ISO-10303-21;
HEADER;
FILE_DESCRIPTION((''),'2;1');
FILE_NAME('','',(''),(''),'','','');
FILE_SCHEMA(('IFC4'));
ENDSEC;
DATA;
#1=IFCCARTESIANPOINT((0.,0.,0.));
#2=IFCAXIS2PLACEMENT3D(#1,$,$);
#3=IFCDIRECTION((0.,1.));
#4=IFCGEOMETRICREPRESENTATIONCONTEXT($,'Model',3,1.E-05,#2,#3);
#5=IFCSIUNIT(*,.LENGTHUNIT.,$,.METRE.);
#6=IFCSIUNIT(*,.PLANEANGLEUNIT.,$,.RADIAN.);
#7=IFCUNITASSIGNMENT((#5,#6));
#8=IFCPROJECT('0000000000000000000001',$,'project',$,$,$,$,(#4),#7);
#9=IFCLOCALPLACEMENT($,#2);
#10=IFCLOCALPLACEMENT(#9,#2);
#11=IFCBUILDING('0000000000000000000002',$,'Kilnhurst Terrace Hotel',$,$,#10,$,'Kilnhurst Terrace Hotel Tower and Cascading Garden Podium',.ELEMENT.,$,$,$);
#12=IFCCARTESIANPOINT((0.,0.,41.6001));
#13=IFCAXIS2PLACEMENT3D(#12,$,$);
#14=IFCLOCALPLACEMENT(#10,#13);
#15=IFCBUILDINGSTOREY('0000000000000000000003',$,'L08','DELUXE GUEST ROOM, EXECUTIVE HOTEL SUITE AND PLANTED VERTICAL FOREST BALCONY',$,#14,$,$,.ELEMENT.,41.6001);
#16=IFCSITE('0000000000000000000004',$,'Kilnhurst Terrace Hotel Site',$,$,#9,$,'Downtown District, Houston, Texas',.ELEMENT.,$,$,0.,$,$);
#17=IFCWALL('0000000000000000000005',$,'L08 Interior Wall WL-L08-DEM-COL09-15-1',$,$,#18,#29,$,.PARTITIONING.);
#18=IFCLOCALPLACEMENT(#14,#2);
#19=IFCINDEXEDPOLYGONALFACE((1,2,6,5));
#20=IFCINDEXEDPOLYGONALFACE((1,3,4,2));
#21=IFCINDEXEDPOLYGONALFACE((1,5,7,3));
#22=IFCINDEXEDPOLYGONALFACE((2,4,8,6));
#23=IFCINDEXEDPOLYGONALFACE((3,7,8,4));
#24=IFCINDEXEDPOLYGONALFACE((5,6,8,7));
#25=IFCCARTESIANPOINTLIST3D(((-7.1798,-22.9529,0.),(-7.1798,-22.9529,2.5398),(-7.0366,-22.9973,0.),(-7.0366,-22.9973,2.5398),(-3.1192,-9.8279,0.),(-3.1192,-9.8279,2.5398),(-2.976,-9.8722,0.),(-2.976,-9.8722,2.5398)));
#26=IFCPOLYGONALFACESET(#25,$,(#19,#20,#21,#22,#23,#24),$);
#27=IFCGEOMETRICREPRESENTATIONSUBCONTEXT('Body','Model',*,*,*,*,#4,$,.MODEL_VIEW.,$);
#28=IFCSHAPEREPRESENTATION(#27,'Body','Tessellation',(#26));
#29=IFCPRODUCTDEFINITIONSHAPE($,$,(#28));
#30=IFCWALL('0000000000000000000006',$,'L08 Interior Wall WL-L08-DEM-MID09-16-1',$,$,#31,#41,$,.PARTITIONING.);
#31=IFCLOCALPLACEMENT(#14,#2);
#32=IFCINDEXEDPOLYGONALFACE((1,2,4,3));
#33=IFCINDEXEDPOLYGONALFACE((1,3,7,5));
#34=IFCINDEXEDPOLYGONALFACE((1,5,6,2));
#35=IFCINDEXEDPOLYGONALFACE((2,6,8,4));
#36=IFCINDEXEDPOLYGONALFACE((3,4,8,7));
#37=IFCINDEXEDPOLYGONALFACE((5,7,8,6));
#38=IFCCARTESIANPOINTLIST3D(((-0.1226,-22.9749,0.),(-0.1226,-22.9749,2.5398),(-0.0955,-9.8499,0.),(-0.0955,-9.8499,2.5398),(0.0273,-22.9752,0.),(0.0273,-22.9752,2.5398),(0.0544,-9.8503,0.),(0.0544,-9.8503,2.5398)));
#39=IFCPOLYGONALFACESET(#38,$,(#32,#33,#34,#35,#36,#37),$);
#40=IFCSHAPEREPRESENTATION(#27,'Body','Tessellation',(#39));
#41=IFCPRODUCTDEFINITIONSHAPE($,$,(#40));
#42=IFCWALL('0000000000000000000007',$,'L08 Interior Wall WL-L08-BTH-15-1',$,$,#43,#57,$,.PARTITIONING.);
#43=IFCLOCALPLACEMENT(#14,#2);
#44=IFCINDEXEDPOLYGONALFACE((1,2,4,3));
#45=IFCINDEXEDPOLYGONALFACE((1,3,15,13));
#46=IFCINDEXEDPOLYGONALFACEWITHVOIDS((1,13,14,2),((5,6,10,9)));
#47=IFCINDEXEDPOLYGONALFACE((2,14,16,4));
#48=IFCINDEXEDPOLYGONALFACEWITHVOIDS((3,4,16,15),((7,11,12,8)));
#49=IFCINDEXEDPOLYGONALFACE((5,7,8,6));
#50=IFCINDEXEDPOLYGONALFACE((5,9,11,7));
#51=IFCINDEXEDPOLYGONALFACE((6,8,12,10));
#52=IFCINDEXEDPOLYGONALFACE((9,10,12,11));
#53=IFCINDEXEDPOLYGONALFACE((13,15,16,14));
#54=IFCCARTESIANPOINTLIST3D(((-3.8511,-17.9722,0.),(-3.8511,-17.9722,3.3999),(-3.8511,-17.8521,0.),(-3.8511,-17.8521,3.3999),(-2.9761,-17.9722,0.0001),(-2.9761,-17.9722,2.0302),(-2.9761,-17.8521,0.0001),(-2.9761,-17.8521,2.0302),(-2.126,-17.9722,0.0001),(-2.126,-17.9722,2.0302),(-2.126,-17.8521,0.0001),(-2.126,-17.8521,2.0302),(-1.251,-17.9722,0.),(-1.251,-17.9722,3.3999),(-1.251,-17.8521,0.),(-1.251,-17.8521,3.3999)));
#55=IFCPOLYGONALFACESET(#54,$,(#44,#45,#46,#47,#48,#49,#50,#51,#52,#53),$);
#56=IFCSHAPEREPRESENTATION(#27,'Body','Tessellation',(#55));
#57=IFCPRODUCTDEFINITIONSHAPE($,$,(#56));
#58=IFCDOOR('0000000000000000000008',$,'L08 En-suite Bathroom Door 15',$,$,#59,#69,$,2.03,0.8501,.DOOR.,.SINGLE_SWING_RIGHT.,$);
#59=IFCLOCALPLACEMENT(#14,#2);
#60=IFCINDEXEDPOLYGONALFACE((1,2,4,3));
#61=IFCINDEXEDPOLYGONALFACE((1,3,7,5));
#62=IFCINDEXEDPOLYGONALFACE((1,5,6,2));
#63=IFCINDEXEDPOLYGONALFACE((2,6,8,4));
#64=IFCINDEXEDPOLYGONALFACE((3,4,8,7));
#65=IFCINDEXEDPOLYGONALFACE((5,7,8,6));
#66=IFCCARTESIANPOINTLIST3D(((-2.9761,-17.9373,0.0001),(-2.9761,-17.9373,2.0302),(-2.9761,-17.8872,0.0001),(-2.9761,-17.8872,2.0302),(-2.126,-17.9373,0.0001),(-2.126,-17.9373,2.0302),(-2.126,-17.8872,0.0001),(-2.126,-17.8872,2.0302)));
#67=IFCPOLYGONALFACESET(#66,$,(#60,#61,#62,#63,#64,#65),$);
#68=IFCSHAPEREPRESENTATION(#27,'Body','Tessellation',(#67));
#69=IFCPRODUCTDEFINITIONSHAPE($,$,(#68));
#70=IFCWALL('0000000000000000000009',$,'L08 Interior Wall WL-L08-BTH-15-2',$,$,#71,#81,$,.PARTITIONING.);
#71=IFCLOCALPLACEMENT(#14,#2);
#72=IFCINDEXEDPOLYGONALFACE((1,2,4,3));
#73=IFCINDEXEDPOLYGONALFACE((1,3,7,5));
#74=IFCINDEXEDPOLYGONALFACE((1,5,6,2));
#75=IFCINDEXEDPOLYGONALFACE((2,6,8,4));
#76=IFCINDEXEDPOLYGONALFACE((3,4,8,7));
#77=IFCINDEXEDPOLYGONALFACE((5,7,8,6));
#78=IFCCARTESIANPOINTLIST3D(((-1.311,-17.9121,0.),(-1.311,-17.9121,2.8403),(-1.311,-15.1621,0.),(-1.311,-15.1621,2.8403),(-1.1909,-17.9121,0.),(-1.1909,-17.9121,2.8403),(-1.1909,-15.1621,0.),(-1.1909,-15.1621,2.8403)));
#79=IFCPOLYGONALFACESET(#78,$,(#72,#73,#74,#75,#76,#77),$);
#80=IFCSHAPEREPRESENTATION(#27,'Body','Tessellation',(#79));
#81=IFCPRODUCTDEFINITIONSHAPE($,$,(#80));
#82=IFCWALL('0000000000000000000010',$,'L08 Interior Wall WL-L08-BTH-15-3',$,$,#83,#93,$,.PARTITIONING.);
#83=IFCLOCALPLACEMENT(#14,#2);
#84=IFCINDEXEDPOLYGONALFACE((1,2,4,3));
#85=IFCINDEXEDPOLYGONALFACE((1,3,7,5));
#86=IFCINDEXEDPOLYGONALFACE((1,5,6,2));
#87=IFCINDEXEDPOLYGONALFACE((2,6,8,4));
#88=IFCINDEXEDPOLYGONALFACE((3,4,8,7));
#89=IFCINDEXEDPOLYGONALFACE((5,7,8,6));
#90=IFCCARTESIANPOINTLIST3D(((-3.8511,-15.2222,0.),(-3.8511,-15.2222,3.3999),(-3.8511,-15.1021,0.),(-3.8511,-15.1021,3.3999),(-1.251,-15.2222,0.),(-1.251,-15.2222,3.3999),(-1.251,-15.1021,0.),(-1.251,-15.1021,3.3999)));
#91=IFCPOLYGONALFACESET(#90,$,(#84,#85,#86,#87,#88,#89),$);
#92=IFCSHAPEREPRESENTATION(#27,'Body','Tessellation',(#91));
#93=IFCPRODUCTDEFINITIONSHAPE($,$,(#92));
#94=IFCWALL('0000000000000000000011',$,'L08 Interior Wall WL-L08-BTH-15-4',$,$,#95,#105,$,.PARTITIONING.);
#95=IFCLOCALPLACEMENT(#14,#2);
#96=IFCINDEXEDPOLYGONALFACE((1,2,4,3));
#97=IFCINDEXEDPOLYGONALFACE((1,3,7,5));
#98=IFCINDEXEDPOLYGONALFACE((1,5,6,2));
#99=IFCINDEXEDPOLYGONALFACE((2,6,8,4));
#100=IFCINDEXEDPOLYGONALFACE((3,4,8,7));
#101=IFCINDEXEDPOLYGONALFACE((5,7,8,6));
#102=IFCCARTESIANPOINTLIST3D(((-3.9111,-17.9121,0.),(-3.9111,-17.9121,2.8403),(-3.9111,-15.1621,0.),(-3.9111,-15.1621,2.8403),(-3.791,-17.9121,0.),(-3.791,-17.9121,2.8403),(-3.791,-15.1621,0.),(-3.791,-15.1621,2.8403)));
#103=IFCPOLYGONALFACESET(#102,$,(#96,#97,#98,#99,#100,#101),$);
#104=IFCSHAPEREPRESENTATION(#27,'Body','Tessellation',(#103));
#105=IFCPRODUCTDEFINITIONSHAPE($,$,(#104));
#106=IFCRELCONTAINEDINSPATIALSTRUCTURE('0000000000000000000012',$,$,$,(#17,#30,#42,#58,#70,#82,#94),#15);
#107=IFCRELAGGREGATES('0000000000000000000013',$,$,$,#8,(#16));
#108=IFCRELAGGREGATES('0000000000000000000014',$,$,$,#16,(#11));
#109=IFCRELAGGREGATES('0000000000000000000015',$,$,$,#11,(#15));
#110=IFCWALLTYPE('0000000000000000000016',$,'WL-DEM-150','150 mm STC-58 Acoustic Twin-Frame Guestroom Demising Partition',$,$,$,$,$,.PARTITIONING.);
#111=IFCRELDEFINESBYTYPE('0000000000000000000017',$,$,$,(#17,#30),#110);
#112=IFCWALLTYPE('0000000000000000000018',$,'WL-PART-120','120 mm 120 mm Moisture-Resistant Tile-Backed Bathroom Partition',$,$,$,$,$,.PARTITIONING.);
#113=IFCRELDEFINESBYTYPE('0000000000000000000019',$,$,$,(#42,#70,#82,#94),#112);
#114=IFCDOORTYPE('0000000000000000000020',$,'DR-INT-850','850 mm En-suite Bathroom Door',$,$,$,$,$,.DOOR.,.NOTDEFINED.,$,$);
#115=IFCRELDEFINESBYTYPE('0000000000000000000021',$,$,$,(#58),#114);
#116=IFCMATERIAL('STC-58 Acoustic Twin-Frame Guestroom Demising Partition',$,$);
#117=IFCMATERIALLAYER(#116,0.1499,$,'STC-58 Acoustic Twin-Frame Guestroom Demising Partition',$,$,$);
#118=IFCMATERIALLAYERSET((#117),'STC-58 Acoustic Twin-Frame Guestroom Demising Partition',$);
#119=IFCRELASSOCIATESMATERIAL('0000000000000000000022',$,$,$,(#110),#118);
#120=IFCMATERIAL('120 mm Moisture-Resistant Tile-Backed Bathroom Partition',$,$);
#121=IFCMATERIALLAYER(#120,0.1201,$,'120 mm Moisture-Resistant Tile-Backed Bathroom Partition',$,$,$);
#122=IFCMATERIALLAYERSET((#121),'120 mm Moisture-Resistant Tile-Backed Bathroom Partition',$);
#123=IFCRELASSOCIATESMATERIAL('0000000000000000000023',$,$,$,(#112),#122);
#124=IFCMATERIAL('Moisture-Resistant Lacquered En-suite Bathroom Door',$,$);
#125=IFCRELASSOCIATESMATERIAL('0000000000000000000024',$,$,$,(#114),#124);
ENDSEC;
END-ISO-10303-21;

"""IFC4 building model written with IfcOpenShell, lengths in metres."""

from ifc_helpers import new_model, si_unit, direction, frame, frame_2d, origin, place, context, subcontext, project, spatial, rectangle, extrude, material, layer, layer_set, type_object, element, fill, save


model = new_model("IFC4")

# Units and contexts
model_context = context("Model", 3, precision=1e-05, world=origin(), true_north=direction((0.0, 1.0)))
body_context = subcontext(model_context, "Body", "Model", "MODEL_VIEW")
ifc_project = project(units=[si_unit("LENGTHUNIT", "METRE"), si_unit("PLANEANGLEUNIT", "RADIAN")], contexts=[model_context])

# Site, building, storey
site_placement = place(None, origin())
site = spatial("IfcSite", under=ifc_project, at=site_placement, Name="Kilnhurst Terrace Hotel Site", LongName="Downtown District, Houston, Texas", CompositionType="ELEMENT", RefElevation=0.0)
building_placement = place(site_placement, origin())
building = spatial("IfcBuilding", under=site, at=building_placement, Name="Kilnhurst Terrace Hotel", LongName="Kilnhurst Terrace Hotel Tower and Cascading Garden Podium", CompositionType="ELEMENT")
storey_placement = place(building_placement, frame((0.0, 0.0, 41.6001)))
storey = spatial("IfcBuildingStorey", under=building, at=storey_placement, Name="L08", Description="DELUXE GUEST ROOM, EXECUTIVE HOTEL SUITE AND PLANTED VERTICAL FOREST BALCONY", CompositionType="ELEMENT", Elevation=41.6001)

# Walls
ifc_material_1 = material(Name="STC-58 Acoustic Twin-Frame Guestroom Demising Partition")
ifc_layer_1 = layer(ifc_material_1, 0.1499, Name="STC-58 Acoustic Twin-Frame Guestroom Demising Partition")
ifc_layer_set_1 = layer_set([ifc_layer_1], Name="STC-58 Acoustic Twin-Frame Guestroom Demising Partition")
wall_type_1 = type_object("IfcWallType", Name="WL-DEM-150", Description="150 mm STC-58 Acoustic Twin-Frame Guestroom Demising Partition", PredefinedType="PARTITIONING", material=ifc_layer_set_1)
wall_1_placement = place(storey_placement, frame((-3.0476, -9.8501, 0.0), z_axis=(0.0, 0.0, 1.0), x_axis=(-0.295554, -0.955326, 0.0)))
element("IfcWall", 1, at=wall_1_placement, inside=storey, type_object=wall_type_1, Name="L08 Interior Wall WL-L08-DEM-COL09-15-1", PredefinedType="PARTITIONING", context=body_context, shape_type="SweptSolid", body=[
    extrude(rectangle(XDim=13.7388, YDim=0.1499, at=frame_2d((6.8694, 0.0))), origin(), (0.0, 0.0, 1.0), 2.5398),
])
wall_2_placement = place(storey_placement, frame((-0.0205, -9.8501, 0.0), z_axis=(0.0, 0.0, 1.0), x_axis=(-0.002065, -0.999998, 0.0)))
element("IfcWall", 2, at=wall_2_placement, inside=storey, type_object=wall_type_1, Name="L08 Interior Wall WL-L08-DEM-MID09-16-1", PredefinedType="PARTITIONING", context=body_context, shape_type="SweptSolid", body=[
    extrude(rectangle(XDim=13.125, YDim=0.1499, at=frame_2d((6.5625, 0.0))), origin(), (0.0, 0.0, 1.0), 2.5398),
])

# Wall, opening, door
ifc_material_2 = material(Name="120 mm Moisture-Resistant Tile-Backed Bathroom Partition")
ifc_layer_2 = layer(ifc_material_2, 0.1201, Name="120 mm Moisture-Resistant Tile-Backed Bathroom Partition")
ifc_layer_set_2 = layer_set([ifc_layer_2], Name="120 mm Moisture-Resistant Tile-Backed Bathroom Partition")
wall_type_2 = type_object("IfcWallType", Name="WL-PART-120", Description="120 mm 120 mm Moisture-Resistant Tile-Backed Bathroom Partition", PredefinedType="PARTITIONING", material=ifc_layer_set_2)
wall_3_placement = place(storey_placement, frame((-3.8511, -17.9121, 0.0), z_axis=(0.0, 0.0, 1.0), x_axis=(1.0, 0.0, 0.0)))
wall_3 = element("IfcWall", 3, at=wall_3_placement, inside=storey, type_object=wall_type_2, Name="L08 Interior Wall WL-L08-BTH-15-1", PredefinedType="PARTITIONING", context=body_context, shape_type="SweptSolid", body=[
    extrude(rectangle(XDim=2.6001, YDim=0.1201, at=frame_2d((1.3, 0.0))), origin(), (0.0, 0.0, 1.0), 3.3999),
])
opening_placement = place(wall_3_placement, frame((0.875, 0.0, 0.0)))
opening = element("IfcOpeningElement", 4, at=opening_placement, cuts=wall_3, PredefinedType="OPENING", context=body_context, shape_type="SweptSolid", body=[
    extrude(rectangle(XDim=0.8501, YDim=2.03, at=frame_2d((0.425, 1.0151))), frame((0.0, 0.0701, 0.0), z_axis=(0.0, -1.0, 0.0), x_axis=(1.0, 0.0, 0.0)), (0.0, 0.0, 1.0), 0.1401),
])
ifc_material_3 = material(Name="Moisture-Resistant Lacquered En-suite Bathroom Door")
door_type = type_object("IfcDoorType", Name="DR-INT-850", Description="850 mm En-suite Bathroom Door", OperationType="NOTDEFINED", PredefinedType="DOOR", material=ifc_material_3)
door_placement = place(opening_placement, origin())
door = element("IfcDoor", 5, at=door_placement, inside=storey, type_object=door_type, Name="L08 En-suite Bathroom Door 15", OperationType="SINGLE_SWING_RIGHT", OverallHeight=2.03, OverallWidth=0.8501, PredefinedType="DOOR", context=body_context, shape_type="SweptSolid", body=[
    extrude(rectangle(XDim=0.8501, YDim=2.03, at=frame_2d((0.425, 1.0151))), frame((0.0, 0.0249, 0.0), z_axis=(0.0, -1.0, 0.0), x_axis=(1.0, 0.0, 0.0)), (0.0, 0.0, 1.0), 0.05),
])
fill(opening, door)

# Walls
wall_4_placement = place(storey_placement, frame((-1.251, -17.9121, 0.0), z_axis=(0.0, 0.0, 1.0), x_axis=(0.0, 1.0, 0.0)))
element("IfcWall", 6, at=wall_4_placement, inside=storey, type_object=wall_type_2, Name="L08 Interior Wall WL-L08-BTH-15-2", PredefinedType="PARTITIONING", context=body_context, shape_type="SweptSolid", body=[
    extrude(rectangle(XDim=2.75, YDim=0.1201, at=frame_2d((1.375, 0.0))), origin(), (0.0, 0.0, 1.0), 2.8403),
])
wall_5_placement = place(storey_placement, frame((-1.251, -15.1621, 0.0), z_axis=(0.0, 0.0, 1.0), x_axis=(-1.0, 0.0, 0.0)))
element("IfcWall", 7, at=wall_5_placement, inside=storey, type_object=wall_type_2, Name="L08 Interior Wall WL-L08-BTH-15-3", PredefinedType="PARTITIONING", context=body_context, shape_type="SweptSolid", body=[
    extrude(rectangle(XDim=2.6001, YDim=0.1201, at=frame_2d((1.3, 0.0))), origin(), (0.0, 0.0, 1.0), 3.3999),
])
wall_6_placement = place(storey_placement, frame((-3.8511, -15.1621, 0.0), z_axis=(0.0, 0.0, 1.0), x_axis=(0.0, -1.0, 0.0)))
element("IfcWall", 8, at=wall_6_placement, inside=storey, type_object=wall_type_2, Name="L08 Interior Wall WL-L08-BTH-15-4", PredefinedType="PARTITIONING", context=body_context, shape_type="SweptSolid", body=[
    extrude(rectangle(XDim=2.75, YDim=0.1201, at=frame_2d((1.375, 0.0))), origin(), (0.0, 0.0, 1.0), 2.8403),
])

save(model, "model.ifc")
